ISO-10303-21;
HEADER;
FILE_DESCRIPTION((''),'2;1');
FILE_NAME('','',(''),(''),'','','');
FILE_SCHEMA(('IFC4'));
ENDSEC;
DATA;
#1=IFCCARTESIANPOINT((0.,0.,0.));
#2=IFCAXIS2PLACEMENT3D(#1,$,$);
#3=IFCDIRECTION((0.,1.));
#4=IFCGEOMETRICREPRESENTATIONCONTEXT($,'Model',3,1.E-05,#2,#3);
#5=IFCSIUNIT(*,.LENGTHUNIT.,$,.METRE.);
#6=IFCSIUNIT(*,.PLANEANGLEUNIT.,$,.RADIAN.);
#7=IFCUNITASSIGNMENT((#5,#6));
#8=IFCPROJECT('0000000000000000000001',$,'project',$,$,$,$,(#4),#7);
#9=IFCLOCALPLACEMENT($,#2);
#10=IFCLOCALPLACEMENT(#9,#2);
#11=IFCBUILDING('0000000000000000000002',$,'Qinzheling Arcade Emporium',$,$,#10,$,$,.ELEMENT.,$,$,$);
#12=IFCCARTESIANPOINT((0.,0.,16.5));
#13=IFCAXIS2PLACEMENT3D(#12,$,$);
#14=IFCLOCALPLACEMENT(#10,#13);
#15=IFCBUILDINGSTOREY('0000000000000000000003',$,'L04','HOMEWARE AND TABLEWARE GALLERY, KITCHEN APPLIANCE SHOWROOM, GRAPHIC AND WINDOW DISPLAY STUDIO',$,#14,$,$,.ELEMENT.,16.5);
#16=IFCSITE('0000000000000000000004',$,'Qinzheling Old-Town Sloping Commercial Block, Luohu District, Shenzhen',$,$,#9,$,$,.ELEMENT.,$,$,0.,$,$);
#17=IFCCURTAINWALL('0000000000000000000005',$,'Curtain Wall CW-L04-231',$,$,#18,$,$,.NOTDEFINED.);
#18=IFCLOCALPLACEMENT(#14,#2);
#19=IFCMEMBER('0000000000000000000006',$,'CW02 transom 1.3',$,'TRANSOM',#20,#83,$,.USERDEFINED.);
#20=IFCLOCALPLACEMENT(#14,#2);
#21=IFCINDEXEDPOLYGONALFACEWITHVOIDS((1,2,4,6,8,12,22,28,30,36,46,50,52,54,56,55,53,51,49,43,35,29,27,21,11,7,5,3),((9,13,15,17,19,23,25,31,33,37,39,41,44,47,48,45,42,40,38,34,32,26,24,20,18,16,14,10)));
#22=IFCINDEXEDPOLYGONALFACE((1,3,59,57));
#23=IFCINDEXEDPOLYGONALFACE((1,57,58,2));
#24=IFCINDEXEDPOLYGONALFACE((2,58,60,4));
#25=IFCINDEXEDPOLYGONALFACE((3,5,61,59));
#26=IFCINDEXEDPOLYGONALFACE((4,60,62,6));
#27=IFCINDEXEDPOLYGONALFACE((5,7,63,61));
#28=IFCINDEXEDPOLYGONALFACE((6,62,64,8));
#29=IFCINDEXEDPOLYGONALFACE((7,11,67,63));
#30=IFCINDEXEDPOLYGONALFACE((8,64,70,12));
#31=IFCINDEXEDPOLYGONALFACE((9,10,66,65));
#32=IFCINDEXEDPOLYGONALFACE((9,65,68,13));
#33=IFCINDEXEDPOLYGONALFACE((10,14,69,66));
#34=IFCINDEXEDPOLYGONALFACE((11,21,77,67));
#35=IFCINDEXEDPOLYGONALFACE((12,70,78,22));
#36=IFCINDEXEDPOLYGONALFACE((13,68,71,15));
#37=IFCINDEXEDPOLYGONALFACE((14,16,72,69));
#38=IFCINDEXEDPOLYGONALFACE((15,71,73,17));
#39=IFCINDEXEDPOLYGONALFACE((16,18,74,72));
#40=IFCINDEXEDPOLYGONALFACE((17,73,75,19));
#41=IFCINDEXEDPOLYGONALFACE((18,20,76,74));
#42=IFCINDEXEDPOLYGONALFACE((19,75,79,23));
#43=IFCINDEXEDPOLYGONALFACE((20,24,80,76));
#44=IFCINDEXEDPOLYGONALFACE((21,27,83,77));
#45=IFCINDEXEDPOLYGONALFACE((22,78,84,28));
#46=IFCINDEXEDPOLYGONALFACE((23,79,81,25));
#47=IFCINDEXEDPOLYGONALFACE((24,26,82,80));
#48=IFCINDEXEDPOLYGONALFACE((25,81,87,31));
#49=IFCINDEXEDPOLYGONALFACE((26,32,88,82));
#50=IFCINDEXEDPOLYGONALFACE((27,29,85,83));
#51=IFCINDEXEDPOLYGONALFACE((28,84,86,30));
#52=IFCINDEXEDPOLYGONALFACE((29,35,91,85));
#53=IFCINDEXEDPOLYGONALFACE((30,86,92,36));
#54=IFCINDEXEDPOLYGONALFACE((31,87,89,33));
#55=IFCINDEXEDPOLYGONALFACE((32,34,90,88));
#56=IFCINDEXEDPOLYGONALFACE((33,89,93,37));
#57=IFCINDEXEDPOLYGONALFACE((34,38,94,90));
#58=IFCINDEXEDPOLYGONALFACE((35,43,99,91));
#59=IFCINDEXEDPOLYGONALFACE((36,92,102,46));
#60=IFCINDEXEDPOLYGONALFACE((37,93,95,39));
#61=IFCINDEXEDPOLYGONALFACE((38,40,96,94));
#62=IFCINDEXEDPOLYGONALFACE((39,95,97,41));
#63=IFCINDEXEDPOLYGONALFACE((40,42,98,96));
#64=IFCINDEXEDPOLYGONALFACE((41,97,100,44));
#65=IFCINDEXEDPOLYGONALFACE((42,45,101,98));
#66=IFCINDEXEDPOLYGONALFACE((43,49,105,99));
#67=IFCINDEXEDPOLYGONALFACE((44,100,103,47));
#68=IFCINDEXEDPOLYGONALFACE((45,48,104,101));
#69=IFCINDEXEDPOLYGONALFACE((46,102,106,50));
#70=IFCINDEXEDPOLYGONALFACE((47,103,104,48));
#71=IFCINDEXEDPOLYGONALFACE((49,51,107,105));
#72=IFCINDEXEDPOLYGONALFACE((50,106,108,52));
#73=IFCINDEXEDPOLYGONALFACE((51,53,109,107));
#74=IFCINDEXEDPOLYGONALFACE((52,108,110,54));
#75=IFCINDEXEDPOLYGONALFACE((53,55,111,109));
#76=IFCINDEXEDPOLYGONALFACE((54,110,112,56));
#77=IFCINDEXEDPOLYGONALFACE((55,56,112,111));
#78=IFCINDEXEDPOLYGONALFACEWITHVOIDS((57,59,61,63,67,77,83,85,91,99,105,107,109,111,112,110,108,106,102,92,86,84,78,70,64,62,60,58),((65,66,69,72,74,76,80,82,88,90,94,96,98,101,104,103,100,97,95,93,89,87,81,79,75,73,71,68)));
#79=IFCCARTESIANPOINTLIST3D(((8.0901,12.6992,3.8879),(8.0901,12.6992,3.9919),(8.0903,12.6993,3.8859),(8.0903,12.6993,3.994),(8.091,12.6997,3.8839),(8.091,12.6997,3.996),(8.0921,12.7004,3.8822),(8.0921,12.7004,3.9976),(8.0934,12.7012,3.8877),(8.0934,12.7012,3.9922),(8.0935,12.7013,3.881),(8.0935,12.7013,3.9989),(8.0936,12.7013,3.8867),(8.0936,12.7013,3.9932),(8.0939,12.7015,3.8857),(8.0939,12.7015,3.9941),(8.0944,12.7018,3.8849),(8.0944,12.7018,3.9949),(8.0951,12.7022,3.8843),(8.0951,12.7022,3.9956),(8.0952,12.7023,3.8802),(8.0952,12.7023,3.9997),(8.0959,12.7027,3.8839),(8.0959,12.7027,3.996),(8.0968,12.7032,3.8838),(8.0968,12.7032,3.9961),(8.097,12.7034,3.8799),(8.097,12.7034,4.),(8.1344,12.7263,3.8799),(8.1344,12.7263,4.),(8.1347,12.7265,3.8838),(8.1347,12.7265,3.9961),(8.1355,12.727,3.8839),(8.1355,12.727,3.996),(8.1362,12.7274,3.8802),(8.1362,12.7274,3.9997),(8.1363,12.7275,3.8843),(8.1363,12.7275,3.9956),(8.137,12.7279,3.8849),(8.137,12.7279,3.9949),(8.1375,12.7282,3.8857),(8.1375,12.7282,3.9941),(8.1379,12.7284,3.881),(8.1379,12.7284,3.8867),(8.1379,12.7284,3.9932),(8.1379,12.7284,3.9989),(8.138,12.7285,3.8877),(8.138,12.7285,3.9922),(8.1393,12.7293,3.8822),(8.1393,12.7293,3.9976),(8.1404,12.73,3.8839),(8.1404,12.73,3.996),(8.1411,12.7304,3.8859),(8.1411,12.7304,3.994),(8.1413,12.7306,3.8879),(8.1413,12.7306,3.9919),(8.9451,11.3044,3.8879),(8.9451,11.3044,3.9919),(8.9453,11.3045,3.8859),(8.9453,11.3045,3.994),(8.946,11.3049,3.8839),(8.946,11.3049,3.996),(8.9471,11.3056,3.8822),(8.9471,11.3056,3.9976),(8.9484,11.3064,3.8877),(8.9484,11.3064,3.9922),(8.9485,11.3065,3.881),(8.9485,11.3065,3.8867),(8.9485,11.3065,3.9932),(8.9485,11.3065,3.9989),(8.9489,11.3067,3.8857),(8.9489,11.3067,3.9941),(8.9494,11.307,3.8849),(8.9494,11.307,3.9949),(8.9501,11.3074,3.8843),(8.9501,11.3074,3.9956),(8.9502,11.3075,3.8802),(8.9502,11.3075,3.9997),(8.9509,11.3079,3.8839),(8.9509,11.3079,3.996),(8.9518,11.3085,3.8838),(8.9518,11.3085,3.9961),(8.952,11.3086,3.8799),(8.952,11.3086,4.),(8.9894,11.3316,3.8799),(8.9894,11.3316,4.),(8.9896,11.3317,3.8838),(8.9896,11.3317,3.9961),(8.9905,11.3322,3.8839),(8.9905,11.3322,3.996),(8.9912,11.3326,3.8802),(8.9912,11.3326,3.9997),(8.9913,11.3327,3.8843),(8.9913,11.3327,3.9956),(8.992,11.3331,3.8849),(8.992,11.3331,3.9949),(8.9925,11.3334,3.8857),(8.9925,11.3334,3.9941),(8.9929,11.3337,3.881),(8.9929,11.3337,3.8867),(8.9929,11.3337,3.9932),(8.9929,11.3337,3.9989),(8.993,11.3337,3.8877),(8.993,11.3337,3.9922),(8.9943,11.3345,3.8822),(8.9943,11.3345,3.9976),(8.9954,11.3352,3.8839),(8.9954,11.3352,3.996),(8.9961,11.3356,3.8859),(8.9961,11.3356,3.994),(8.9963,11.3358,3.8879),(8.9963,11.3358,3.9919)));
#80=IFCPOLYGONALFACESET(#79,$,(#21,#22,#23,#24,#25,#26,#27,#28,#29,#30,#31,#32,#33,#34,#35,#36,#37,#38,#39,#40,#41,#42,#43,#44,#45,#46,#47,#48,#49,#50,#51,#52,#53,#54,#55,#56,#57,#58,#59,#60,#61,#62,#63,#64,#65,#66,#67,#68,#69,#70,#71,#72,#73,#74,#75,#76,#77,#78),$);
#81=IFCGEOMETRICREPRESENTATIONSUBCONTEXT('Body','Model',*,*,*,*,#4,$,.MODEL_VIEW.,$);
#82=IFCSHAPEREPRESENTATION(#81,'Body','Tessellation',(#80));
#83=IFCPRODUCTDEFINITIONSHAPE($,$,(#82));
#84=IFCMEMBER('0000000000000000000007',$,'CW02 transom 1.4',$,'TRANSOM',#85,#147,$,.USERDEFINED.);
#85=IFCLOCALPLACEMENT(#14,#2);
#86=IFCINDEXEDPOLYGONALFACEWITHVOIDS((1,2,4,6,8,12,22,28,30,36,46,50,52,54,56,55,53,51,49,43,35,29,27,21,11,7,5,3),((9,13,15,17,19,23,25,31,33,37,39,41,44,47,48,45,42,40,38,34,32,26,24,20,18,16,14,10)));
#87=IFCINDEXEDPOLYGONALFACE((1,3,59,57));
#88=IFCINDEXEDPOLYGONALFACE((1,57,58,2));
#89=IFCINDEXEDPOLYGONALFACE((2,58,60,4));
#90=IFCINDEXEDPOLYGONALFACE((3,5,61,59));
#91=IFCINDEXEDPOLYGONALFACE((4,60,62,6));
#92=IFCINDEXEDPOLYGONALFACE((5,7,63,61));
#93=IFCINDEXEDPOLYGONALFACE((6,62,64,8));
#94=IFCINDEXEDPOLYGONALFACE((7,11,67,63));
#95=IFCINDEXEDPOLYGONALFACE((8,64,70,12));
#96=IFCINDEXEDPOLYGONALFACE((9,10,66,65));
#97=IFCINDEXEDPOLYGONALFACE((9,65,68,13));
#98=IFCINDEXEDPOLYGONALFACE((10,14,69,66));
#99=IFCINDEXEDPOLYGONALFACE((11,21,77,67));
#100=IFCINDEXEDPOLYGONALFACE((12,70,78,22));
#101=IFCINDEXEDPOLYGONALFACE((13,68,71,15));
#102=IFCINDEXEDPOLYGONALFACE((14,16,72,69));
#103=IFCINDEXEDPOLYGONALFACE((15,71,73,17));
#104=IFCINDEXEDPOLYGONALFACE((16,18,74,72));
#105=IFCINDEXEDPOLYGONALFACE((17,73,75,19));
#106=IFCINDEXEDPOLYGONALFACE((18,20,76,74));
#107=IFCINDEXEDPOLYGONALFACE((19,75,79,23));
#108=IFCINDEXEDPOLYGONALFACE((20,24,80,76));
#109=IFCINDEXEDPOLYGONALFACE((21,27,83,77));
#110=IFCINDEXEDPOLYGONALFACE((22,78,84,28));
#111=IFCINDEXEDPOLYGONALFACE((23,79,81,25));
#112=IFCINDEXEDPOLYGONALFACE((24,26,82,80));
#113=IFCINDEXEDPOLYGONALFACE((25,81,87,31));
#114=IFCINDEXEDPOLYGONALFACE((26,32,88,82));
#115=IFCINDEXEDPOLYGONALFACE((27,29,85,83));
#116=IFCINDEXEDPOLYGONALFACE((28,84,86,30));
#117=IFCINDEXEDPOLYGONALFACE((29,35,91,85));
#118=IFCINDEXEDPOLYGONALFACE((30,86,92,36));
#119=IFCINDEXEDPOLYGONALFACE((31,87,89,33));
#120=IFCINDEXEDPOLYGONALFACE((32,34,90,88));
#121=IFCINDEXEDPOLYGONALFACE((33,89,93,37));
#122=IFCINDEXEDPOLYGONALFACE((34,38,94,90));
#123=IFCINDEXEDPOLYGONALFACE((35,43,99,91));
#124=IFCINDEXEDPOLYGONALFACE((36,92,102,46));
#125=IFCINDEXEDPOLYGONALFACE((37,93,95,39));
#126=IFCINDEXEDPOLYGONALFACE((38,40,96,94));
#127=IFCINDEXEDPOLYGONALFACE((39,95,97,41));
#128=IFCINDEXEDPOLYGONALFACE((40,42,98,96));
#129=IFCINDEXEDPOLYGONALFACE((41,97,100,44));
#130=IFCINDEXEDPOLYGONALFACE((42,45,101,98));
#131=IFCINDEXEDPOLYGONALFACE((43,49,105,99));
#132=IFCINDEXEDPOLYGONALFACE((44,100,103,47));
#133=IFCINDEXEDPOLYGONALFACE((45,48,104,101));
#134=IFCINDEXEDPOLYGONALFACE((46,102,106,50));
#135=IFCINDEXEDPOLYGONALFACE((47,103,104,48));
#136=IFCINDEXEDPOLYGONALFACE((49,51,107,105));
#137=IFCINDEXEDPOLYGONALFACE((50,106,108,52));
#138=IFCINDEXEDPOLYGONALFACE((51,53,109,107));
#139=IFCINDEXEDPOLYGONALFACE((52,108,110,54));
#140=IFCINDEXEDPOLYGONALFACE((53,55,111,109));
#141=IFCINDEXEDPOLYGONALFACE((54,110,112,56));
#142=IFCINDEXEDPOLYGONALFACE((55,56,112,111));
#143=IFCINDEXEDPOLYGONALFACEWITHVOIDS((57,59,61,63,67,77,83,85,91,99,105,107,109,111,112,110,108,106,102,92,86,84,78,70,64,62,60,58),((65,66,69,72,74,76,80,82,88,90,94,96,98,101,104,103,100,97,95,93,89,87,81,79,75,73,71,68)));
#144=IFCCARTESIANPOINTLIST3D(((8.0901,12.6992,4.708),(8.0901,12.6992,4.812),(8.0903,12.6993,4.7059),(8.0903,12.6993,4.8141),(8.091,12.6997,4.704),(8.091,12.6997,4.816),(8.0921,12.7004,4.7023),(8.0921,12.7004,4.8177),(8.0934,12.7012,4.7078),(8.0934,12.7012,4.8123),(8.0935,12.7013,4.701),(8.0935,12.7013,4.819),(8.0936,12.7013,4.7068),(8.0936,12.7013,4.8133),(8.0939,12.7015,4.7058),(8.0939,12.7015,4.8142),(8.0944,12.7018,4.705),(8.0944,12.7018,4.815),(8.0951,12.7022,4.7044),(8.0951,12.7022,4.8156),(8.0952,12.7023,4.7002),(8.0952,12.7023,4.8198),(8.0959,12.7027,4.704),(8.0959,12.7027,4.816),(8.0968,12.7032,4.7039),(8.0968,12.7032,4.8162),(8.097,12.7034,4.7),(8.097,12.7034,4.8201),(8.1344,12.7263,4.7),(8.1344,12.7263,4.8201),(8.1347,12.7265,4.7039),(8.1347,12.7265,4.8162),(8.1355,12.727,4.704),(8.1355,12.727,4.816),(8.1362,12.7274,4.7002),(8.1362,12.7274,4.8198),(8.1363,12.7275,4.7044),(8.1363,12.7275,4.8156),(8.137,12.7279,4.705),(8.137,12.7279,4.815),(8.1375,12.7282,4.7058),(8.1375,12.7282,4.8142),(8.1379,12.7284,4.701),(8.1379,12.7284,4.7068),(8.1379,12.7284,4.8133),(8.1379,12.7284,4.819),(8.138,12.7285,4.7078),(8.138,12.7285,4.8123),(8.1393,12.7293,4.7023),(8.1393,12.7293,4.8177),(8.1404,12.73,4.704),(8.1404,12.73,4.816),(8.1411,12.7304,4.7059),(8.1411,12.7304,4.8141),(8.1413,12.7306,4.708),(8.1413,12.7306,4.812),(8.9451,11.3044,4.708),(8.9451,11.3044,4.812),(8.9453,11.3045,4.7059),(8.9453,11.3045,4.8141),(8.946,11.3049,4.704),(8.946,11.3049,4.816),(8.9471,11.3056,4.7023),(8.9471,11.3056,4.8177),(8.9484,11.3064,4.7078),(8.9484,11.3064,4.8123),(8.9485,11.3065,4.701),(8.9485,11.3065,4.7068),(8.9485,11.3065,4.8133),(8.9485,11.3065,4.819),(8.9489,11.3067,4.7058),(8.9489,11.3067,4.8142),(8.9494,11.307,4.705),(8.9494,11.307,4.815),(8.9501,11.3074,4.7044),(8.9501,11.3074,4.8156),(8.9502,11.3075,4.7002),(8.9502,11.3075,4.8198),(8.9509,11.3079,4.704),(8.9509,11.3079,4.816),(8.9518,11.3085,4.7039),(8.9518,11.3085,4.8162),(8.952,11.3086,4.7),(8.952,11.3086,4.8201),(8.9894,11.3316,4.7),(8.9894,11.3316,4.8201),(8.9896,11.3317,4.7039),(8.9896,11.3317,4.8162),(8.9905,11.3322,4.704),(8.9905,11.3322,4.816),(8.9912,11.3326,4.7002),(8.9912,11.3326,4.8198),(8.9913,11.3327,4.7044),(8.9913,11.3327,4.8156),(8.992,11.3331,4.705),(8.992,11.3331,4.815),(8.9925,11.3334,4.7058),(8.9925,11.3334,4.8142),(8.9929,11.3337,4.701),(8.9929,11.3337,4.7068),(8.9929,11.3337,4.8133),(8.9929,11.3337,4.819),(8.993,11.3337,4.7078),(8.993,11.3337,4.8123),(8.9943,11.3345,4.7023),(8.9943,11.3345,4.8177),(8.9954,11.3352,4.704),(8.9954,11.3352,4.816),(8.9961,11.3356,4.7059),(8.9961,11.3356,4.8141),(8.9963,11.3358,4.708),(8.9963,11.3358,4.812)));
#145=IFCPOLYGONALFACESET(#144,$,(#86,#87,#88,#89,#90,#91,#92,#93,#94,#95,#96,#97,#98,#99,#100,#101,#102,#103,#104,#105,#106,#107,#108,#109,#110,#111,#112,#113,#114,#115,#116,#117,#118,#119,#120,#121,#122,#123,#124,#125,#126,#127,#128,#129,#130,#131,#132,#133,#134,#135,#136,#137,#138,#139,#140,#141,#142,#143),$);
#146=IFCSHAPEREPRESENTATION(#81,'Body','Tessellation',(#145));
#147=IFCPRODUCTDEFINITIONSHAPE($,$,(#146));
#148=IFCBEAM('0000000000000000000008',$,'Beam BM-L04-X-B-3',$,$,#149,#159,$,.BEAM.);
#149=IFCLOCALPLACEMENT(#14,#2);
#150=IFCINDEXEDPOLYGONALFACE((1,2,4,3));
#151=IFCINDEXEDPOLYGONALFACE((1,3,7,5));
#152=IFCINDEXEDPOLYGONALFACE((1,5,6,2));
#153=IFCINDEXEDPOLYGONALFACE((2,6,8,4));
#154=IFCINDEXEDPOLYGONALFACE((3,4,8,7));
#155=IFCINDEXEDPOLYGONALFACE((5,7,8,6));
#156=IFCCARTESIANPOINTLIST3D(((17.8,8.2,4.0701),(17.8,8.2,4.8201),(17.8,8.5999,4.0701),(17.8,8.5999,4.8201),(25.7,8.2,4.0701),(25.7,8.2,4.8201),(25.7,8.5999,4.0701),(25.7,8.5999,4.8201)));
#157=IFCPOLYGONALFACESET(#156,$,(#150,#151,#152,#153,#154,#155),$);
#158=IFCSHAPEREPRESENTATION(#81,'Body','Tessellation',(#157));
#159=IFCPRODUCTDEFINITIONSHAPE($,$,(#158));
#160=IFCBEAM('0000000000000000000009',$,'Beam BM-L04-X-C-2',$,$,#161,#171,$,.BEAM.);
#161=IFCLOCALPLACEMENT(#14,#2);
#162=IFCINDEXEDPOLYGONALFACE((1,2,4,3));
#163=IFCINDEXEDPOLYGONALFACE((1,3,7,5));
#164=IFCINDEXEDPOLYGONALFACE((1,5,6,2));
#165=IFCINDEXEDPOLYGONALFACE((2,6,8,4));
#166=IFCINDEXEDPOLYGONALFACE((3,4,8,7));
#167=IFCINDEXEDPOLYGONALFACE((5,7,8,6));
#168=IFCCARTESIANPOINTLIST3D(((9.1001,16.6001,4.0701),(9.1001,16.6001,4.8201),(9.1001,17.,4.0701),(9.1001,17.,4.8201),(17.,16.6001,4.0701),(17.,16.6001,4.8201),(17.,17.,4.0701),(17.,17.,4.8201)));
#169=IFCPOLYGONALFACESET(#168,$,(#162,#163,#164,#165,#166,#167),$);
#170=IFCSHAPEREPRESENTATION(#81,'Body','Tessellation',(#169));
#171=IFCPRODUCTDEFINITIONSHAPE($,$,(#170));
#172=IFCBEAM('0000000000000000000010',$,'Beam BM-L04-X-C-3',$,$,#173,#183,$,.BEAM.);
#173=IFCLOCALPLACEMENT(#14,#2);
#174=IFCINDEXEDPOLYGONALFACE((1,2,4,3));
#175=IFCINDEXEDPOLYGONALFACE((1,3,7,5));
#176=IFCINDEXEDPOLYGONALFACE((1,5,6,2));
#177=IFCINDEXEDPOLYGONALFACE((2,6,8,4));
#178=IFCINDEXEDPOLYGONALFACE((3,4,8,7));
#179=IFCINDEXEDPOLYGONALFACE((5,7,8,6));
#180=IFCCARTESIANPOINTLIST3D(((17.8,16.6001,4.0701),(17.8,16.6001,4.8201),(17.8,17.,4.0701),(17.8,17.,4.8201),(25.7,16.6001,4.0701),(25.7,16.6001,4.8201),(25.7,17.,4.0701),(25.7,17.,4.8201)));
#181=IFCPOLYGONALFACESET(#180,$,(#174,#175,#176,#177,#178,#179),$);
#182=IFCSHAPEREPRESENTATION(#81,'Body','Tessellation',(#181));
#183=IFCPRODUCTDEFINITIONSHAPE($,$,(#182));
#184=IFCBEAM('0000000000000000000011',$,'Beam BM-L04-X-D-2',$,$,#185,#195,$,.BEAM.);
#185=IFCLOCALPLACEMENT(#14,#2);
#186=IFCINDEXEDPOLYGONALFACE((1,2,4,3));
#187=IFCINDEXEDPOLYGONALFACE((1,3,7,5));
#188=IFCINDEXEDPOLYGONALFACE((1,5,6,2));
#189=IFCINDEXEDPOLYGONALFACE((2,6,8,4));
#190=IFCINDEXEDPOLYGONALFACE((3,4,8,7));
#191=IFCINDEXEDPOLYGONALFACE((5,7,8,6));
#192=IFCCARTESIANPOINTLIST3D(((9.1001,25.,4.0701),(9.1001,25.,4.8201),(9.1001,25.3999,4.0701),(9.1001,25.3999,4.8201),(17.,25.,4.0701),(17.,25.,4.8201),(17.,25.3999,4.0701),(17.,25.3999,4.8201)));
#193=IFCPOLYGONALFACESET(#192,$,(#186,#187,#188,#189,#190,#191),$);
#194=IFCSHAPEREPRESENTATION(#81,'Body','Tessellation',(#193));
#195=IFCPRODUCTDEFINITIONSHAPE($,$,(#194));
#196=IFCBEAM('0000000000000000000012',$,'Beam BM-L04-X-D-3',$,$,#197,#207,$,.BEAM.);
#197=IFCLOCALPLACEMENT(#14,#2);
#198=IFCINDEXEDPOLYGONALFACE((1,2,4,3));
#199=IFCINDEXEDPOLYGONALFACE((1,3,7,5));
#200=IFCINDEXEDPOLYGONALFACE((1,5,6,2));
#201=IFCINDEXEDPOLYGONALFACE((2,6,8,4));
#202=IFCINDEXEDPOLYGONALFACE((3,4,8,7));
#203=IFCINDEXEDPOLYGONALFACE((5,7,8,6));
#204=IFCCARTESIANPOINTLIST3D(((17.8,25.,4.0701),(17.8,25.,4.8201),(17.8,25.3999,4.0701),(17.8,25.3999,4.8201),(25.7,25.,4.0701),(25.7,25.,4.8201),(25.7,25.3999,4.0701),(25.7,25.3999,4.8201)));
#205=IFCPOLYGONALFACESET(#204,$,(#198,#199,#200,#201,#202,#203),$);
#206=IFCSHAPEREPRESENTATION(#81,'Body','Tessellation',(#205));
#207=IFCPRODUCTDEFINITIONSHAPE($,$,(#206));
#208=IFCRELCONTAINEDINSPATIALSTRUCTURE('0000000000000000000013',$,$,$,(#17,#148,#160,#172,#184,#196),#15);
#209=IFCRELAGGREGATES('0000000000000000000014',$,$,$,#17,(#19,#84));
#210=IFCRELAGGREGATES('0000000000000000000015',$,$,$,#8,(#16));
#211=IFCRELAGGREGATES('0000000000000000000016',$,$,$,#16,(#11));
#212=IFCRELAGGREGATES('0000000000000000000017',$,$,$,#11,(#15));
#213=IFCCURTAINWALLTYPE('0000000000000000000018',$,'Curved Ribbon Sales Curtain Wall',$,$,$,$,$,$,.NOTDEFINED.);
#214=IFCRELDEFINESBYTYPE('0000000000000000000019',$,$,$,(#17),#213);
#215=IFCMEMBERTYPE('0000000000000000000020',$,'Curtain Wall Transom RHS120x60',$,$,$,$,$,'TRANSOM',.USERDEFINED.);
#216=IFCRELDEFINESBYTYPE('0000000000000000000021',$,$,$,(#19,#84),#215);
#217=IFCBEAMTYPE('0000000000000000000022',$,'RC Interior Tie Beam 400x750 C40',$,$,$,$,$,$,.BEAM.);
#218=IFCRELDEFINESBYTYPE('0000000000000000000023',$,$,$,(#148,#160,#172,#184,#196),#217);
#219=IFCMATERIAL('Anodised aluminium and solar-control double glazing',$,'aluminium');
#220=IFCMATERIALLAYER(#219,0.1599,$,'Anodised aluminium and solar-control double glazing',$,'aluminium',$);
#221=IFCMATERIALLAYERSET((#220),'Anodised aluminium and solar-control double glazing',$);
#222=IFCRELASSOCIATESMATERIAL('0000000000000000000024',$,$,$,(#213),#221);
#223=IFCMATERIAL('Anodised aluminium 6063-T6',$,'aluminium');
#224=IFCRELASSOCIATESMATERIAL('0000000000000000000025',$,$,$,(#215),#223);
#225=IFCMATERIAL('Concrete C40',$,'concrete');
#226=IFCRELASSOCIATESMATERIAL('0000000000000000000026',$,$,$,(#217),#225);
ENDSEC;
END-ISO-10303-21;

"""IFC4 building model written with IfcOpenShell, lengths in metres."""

from ifc_helpers import new_model, si_unit, direction, frame, origin, origin_2d, place, context, subcontext, project, spatial, rectangle, hollow_rectangle, extrude, material, layer, layer_set, material_profile, profile_set, type_object, element, aggregate, save


model = new_model("IFC4")

# Units and contexts
model_context = context("Model", 3, precision=1e-05, world=origin(), true_north=direction((0.0, 1.0)))
body_context = subcontext(model_context, "Body", "Model", "MODEL_VIEW")
ifc_project = project(units=[si_unit("LENGTHUNIT", "METRE"), si_unit("PLANEANGLEUNIT", "RADIAN")], contexts=[model_context])

# Site, building, storey
site_placement = place(None, origin())
site = spatial("IfcSite", under=ifc_project, at=site_placement, Name="Qinzheling Old-Town Sloping Commercial Block, Luohu District, Shenzhen", CompositionType="ELEMENT", RefElevation=0.0)
building_placement = place(site_placement, origin())
building = spatial("IfcBuilding", under=site, at=building_placement, Name="Qinzheling Arcade Emporium", CompositionType="ELEMENT")
storey_placement = place(building_placement, frame((0.0, 0.0, 16.5)))
storey = spatial("IfcBuildingStorey", under=building, at=storey_placement, Name="L04", Description="HOMEWARE AND TABLEWARE GALLERY, KITCHEN APPLIANCE SHOWROOM, GRAPHIC AND WINDOW DISPLAY STUDIO", CompositionType="ELEMENT", Elevation=16.5)

# Shared definitions
ifc_material_1 = material(Name="Concrete C40", Category="concrete")

# Shared definitions
ifc_material_2 = material(Name="Anodised aluminium and solar-control double glazing", Category="aluminium")
ifc_layer_1 = layer(ifc_material_2, 0.1599, Name="Anodised aluminium and solar-control double glazing", Category="aluminium")
ifc_layer_set_1 = layer_set([ifc_layer_1], Name="Anodised aluminium and solar-control double glazing")
curtain_wall_type = type_object("IfcCurtainWallType", Name="Curved Ribbon Sales Curtain Wall", PredefinedType="NOTDEFINED", material=ifc_layer_set_1)
ifc_material_3 = material(Name="Anodised aluminium 6063-T6", Category="aluminium")

# Curtain wall
curtain_wall_1_placement = place(storey_placement, origin())
curtain_wall_1 = element("IfcCurtainWall", 1, at=curtain_wall_1_placement, inside=storey, type_object=curtain_wall_type, Name="Curtain Wall CW-L04-231", PredefinedType="NOTDEFINED")

# Members
ifc_material_profile_1 = material_profile(ifc_material_3, hollow_rectangle(XDim=0.0601, YDim=0.1201, WallThickness=0.0039, InnerFilletRadius=0.0039, OuterFilletRadius=0.0081, at=origin_2d()), Name="RHS 120x60x4", Category="aluminium")
ifc_profile_set_1 = profile_set([ifc_material_profile_1], Name="Anodised aluminium 6063-T6")
member_type_1 = type_object("IfcMemberType", Name="Curtain Wall Transom RHS120x60", ElementType="TRANSOM", PredefinedType="USERDEFINED", material=ifc_profile_set_1)
member_1_placement = place(storey_placement, frame((8.9707, 11.3201, 3.9399), z_axis=(-0.522615, 0.852569, 0.0), x_axis=(-0.852569, -0.522615, 0.0)))
member_1 = element("IfcMember", 2, at=member_1_placement, type_object=member_type_1, Name="CW02 transom 1.3", ObjectType="TRANSOM", PredefinedType="USERDEFINED", context=body_context, shape_type="SweptSolid", body=[
    extrude(hollow_rectangle(XDim=0.0601, YDim=0.1201, WallThickness=0.0039, InnerFilletRadius=0.0039, OuterFilletRadius=0.0081, at=origin_2d()), origin(), (0.0, 0.0, 1.0), 1.636),
])
member_2_placement = place(storey_placement, frame((8.9707, 11.3201, 4.76), z_axis=(-0.522615, 0.852569, 0.0), x_axis=(-0.852569, -0.522615, 0.0)))
member_2 = element("IfcMember", 3, at=member_2_placement, type_object=member_type_1, Name="CW02 transom 1.4", ObjectType="TRANSOM", PredefinedType="USERDEFINED", context=body_context, shape_type="SweptSolid", body=[
    extrude(hollow_rectangle(XDim=0.0601, YDim=0.1201, WallThickness=0.0039, InnerFilletRadius=0.0039, OuterFilletRadius=0.0081, at=origin_2d()), origin(), (0.0, 0.0, 1.0), 1.636),
])
aggregate(curtain_wall_1, [member_1, member_2])

# Beams
ifc_material_profile_2 = material_profile(ifc_material_1, rectangle(XDim=0.3999, YDim=0.75, at=origin_2d()), Name="RC 400x750", Category="concrete")
ifc_profile_set_2 = profile_set([ifc_material_profile_2], Name="Concrete C40")
beam_type = type_object("IfcBeamType", Name="RC Interior Tie Beam 400x750 C40", PredefinedType="BEAM", material=ifc_profile_set_2)
for number, where, z_axis, x_axis, name in (
    (4, (17.8, 8.3999, 4.4451), (1.0, 0.0, 0.0), (0.0, 1.0, 0.0), "Beam BM-L04-X-B-3"),
    (5, (9.1001, 16.8, 4.4451), (1.0, 0.0, 0.0), (0.0, 1.0, 0.0), "Beam BM-L04-X-C-2"),
    (6, (17.8, 16.8, 4.4451), (1.0, 0.0, 0.0), (0.0, 1.0, 0.0), "Beam BM-L04-X-C-3"),
    (7, (9.1001, 25.2, 4.4451), (1.0, 0.0, 0.0), (0.0, 1.0, 0.0), "Beam BM-L04-X-D-2"),
    (8, (17.8, 25.2, 4.4451), (1.0, 0.0, 0.0), (0.0, 1.0, 0.0), "Beam BM-L04-X-D-3"),
):
    element("IfcBeam", number, at=place(storey_placement, frame(where, z_axis=z_axis, x_axis=x_axis)), inside=storey, type_object=beam_type, Name=name, PredefinedType="BEAM", context=body_context, shape_type="SweptSolid", body=[
        extrude(rectangle(XDim=0.3999, YDim=0.75, at=origin_2d()), origin(), (0.0, 0.0, 1.0), 7.8999),
    ])

save(model, "model.ifc")
